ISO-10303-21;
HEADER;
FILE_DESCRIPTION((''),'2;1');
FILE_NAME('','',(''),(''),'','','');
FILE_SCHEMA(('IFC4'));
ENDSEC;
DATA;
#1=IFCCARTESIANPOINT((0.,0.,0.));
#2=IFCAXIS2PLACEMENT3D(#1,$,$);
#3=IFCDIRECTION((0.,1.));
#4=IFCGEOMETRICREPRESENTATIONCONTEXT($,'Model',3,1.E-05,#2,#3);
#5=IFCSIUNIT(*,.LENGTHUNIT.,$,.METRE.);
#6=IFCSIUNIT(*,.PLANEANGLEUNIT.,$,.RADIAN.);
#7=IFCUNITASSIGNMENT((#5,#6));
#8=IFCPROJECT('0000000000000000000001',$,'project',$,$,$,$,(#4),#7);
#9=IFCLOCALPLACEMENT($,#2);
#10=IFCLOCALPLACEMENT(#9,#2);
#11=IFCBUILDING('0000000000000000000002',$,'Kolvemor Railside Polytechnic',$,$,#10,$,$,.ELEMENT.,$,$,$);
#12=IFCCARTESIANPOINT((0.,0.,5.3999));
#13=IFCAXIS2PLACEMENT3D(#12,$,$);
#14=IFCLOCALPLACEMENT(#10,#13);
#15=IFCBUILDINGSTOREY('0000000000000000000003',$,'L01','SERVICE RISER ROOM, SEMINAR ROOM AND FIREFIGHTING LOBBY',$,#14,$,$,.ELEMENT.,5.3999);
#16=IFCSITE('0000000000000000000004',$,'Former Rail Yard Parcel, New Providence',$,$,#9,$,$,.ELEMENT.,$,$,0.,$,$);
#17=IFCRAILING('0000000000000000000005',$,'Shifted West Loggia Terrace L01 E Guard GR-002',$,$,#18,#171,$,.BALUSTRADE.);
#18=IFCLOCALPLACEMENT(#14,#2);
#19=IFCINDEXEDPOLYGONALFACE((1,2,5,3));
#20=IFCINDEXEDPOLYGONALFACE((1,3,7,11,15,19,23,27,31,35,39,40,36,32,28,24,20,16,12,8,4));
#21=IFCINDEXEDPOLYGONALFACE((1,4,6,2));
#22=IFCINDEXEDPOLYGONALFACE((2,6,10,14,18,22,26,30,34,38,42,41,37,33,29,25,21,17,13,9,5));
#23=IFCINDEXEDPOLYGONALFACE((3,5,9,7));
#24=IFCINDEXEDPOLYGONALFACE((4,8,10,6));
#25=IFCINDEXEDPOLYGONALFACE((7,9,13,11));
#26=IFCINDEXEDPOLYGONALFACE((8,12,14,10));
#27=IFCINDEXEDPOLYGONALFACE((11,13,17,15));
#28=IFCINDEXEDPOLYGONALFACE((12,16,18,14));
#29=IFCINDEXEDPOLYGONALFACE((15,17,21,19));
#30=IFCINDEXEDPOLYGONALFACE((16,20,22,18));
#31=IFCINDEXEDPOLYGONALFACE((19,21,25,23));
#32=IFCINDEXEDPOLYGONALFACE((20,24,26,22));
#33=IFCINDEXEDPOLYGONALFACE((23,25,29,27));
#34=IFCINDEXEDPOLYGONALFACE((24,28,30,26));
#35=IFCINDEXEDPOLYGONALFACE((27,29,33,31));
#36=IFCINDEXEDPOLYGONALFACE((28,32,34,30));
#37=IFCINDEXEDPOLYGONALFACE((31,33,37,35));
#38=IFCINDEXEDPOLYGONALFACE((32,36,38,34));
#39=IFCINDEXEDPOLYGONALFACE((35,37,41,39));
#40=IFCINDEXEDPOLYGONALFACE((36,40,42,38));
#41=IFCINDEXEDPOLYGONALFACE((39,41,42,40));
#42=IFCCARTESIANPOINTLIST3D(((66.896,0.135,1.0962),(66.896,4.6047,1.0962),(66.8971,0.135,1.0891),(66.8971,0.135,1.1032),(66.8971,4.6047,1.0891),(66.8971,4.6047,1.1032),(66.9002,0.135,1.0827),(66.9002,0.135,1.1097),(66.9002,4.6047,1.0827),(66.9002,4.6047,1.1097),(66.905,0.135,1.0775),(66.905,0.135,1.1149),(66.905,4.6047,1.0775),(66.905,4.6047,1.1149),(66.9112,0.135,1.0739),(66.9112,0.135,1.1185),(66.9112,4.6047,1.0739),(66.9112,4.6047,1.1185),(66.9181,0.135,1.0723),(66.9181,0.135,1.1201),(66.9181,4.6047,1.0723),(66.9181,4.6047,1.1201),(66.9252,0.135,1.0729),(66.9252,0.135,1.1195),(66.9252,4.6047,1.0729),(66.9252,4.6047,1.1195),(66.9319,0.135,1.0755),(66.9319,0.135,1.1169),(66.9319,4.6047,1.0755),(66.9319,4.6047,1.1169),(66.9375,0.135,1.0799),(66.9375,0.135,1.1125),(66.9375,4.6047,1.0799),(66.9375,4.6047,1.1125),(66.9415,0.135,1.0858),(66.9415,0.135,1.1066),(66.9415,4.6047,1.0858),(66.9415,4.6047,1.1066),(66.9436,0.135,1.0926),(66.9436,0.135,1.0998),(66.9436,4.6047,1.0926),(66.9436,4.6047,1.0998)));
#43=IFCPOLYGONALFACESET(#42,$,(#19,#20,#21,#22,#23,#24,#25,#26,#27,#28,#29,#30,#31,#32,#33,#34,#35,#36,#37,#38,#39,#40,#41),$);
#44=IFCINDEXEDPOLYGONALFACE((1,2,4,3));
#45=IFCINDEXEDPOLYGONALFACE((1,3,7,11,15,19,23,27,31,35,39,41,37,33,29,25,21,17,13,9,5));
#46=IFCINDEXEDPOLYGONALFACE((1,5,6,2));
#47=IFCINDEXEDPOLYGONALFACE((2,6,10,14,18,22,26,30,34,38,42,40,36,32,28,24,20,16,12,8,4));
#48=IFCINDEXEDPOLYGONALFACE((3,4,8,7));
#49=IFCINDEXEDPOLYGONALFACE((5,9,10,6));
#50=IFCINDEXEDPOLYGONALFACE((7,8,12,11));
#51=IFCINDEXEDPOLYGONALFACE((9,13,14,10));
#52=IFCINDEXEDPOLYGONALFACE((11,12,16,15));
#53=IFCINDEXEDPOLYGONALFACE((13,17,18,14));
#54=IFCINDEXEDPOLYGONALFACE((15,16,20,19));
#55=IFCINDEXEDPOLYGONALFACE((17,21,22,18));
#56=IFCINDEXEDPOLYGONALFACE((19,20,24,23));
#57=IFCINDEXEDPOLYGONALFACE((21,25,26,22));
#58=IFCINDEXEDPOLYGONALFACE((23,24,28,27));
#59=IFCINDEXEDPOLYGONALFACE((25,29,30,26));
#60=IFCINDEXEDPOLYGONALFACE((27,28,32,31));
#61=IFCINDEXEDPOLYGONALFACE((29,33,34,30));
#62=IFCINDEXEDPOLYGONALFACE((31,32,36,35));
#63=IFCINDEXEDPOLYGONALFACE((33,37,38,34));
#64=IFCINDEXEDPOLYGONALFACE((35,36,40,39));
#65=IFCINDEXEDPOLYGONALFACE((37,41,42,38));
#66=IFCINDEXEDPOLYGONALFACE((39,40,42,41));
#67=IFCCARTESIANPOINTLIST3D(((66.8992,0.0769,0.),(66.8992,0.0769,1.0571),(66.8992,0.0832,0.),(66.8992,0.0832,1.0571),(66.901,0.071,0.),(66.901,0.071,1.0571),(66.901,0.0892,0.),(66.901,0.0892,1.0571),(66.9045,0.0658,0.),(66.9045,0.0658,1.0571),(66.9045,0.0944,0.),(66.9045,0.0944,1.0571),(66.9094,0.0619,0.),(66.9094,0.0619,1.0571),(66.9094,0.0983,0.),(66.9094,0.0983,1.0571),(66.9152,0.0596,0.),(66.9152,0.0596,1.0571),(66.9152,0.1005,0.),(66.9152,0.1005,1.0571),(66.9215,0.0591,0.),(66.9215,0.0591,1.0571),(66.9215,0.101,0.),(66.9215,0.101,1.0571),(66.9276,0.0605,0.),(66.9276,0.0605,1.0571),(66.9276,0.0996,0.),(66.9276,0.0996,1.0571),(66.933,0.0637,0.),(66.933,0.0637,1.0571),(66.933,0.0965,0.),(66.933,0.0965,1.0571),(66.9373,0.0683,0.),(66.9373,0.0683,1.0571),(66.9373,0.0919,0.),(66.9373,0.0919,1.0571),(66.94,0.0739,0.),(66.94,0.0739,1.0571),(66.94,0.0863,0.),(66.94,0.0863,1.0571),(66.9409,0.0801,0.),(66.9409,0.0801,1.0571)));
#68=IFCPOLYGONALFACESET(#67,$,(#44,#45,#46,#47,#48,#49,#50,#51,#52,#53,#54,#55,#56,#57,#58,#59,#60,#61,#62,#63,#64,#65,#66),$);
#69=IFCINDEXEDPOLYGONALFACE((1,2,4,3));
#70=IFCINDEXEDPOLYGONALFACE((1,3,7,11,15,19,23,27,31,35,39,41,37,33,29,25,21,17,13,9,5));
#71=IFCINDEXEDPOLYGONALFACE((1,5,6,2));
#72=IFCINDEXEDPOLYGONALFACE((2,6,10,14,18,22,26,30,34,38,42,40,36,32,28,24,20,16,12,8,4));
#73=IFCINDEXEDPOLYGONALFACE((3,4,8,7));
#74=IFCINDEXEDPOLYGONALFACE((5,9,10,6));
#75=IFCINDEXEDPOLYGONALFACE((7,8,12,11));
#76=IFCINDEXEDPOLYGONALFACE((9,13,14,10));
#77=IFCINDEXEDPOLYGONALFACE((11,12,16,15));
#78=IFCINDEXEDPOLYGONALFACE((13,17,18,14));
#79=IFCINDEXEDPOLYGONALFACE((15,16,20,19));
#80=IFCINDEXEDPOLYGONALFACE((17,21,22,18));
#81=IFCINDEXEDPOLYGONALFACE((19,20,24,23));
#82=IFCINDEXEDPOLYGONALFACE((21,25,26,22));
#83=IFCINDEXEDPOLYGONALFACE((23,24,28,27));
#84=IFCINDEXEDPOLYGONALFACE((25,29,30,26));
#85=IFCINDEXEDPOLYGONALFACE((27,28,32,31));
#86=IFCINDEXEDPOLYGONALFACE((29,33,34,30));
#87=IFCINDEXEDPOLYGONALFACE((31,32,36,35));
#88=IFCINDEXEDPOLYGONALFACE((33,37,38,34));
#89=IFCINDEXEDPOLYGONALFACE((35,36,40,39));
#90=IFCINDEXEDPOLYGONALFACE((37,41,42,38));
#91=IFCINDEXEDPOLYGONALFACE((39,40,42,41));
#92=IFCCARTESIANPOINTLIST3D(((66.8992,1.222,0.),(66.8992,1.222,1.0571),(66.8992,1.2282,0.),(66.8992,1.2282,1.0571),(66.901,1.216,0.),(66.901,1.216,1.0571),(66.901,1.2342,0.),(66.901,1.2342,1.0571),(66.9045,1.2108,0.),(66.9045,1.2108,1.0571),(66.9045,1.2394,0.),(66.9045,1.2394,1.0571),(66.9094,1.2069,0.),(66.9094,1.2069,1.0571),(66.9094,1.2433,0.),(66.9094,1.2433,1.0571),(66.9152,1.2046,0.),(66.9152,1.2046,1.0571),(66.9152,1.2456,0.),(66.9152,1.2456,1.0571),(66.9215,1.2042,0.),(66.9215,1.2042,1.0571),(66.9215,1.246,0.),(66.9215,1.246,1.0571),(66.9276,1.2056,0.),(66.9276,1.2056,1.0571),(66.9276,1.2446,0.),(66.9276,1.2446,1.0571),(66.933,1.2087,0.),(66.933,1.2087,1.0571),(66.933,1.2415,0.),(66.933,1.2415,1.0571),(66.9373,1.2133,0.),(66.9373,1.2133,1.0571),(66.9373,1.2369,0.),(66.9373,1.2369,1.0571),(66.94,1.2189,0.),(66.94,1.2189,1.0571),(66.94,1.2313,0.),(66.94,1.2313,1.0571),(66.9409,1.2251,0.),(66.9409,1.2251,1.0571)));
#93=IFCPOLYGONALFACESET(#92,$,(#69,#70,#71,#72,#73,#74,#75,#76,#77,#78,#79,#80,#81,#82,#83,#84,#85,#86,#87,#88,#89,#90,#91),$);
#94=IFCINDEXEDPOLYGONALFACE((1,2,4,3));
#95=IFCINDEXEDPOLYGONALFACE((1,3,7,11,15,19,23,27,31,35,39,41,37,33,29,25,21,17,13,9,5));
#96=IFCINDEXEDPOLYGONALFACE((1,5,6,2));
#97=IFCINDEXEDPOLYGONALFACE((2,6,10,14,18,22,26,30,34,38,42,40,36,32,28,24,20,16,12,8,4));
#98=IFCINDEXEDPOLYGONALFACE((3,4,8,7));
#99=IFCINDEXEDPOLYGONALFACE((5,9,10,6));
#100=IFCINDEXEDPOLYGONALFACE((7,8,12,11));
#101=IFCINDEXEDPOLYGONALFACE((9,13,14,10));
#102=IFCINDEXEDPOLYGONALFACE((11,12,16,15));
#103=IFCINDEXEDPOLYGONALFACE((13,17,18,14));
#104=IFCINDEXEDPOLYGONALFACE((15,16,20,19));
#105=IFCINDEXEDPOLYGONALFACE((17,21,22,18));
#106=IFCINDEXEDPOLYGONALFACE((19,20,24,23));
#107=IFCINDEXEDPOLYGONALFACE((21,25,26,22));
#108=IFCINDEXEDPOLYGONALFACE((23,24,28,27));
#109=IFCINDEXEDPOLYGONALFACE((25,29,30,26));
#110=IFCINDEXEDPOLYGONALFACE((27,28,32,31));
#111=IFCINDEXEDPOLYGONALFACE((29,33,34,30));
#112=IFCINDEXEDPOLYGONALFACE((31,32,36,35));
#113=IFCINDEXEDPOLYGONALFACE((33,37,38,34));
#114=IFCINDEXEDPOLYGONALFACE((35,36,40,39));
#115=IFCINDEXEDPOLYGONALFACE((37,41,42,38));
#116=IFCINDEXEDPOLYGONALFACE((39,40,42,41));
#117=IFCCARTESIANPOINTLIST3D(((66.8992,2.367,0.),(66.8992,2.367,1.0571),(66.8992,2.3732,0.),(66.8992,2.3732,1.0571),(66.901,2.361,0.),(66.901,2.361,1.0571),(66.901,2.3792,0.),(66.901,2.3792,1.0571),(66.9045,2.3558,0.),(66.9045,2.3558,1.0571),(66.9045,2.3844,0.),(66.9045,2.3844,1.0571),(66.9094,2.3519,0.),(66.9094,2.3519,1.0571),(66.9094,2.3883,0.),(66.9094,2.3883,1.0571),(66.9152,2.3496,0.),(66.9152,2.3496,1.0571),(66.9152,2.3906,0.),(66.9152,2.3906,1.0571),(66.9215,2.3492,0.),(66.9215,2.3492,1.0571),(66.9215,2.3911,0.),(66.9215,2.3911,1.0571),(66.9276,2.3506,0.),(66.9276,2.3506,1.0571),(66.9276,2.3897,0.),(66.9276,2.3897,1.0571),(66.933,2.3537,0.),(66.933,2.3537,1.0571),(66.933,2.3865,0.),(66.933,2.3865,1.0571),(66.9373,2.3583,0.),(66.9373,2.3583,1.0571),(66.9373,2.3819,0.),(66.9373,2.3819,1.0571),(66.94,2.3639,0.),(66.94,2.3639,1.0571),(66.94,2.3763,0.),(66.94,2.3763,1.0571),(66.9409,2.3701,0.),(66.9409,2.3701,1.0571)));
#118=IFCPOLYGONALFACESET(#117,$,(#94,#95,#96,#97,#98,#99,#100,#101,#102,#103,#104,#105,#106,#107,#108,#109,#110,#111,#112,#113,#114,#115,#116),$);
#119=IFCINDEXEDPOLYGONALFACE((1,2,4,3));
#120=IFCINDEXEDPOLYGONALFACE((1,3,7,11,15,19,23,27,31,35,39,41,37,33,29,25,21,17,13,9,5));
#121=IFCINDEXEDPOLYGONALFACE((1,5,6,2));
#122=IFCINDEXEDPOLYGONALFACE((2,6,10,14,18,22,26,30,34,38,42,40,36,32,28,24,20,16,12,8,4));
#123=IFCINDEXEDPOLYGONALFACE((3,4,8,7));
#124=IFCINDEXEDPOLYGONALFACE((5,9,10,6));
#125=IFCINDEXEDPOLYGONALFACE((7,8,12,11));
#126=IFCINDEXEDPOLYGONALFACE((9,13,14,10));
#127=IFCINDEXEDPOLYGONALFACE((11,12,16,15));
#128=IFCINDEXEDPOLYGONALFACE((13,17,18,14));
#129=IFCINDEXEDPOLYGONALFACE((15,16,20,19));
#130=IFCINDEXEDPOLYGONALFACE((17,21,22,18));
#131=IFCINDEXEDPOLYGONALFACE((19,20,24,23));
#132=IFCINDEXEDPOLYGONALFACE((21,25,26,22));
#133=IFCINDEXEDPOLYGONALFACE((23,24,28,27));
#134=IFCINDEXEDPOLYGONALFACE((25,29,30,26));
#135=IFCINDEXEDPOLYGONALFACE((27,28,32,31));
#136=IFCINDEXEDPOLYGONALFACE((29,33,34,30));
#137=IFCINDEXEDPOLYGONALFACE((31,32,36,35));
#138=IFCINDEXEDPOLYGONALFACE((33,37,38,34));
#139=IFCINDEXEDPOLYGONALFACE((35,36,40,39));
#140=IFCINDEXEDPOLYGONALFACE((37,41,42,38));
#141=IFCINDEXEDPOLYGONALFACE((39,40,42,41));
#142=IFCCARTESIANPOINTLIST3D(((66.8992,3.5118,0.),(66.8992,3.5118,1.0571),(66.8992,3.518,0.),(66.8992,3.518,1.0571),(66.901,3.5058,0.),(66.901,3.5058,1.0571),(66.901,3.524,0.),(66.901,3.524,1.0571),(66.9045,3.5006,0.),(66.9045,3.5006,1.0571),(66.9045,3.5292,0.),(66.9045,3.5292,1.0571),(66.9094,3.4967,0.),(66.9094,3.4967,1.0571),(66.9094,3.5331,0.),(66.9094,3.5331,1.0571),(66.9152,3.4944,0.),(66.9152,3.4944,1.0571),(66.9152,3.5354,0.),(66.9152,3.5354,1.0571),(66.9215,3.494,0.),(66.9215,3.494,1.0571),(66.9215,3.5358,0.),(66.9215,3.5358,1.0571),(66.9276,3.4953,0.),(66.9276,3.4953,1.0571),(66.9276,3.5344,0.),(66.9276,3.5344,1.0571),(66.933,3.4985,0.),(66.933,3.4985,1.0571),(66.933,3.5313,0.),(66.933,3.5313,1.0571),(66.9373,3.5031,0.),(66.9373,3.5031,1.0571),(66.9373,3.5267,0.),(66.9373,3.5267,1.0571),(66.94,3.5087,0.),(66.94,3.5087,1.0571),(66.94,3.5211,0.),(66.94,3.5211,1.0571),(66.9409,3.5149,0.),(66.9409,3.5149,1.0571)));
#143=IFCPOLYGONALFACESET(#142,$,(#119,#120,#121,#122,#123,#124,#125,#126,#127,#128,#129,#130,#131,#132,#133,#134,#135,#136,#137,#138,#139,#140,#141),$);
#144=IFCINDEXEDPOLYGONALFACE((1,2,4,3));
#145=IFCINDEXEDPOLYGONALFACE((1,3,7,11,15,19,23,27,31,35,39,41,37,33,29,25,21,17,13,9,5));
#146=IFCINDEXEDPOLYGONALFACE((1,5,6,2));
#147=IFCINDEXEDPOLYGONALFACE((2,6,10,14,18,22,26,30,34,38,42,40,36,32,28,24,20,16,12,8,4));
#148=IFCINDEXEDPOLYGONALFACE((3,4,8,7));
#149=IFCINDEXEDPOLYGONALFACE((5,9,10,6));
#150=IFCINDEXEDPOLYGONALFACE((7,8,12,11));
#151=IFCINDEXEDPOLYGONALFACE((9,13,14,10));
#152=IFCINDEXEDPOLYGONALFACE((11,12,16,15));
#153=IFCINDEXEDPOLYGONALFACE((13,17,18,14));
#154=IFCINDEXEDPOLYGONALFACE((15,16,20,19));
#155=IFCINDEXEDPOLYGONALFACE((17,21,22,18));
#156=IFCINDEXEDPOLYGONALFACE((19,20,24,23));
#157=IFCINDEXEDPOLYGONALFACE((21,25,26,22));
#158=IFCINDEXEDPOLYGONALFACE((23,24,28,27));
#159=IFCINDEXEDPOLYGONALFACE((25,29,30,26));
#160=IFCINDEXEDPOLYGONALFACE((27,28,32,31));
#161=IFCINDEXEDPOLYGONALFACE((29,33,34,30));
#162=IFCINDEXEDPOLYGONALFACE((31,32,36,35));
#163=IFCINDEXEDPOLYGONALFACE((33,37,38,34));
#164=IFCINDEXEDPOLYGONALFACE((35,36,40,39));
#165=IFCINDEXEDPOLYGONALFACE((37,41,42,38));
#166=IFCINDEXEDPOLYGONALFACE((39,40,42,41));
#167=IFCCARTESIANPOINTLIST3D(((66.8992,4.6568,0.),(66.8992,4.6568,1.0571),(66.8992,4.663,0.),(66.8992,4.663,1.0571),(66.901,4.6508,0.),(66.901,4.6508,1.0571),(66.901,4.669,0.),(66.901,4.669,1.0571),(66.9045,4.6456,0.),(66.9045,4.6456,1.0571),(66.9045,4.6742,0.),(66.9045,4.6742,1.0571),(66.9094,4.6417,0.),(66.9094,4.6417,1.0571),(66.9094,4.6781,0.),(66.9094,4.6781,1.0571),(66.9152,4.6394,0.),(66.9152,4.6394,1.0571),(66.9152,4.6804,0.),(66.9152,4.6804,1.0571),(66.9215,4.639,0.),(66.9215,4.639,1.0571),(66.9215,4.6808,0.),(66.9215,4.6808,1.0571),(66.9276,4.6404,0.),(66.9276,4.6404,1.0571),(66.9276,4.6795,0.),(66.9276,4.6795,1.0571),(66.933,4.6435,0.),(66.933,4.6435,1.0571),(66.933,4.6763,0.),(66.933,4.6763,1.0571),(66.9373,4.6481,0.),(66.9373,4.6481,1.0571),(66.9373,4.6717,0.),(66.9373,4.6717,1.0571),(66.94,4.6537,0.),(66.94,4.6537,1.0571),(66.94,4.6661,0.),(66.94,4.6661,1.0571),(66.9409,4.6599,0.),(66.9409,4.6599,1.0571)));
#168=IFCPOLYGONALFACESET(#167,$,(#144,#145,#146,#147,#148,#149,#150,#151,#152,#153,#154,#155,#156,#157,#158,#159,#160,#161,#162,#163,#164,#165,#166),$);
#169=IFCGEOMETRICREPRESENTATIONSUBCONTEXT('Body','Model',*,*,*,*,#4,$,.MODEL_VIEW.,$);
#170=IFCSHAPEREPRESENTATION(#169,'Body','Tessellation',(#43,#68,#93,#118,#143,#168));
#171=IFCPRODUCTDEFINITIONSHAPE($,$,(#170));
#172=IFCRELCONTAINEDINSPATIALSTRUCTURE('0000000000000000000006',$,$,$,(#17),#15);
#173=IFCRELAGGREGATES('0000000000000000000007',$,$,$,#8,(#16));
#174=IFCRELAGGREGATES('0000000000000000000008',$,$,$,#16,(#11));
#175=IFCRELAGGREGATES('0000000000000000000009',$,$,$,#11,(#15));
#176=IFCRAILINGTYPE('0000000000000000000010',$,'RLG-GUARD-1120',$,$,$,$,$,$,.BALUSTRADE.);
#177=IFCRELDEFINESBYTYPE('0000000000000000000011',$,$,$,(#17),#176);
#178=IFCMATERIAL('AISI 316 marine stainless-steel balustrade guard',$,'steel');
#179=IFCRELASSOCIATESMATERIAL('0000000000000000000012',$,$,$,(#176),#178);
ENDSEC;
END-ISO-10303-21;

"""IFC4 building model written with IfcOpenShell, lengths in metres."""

from ifc_helpers import new_model, si_unit, direction, frame, origin, origin_2d, place, context, subcontext, project, spatial, circle, extrude, material, type_object, element, save


model = new_model("IFC4")

# Units and contexts
model_context = context("Model", 3, precision=1e-05, world=origin(), true_north=direction((0.0, 1.0)))
body_context = subcontext(model_context, "Body", "Model", "MODEL_VIEW")
ifc_project = project(units=[si_unit("LENGTHUNIT", "METRE"), si_unit("PLANEANGLEUNIT", "RADIAN")], contexts=[model_context])

# Site, building, storey
site_placement = place(None, origin())
site = spatial("IfcSite", under=ifc_project, at=site_placement, Name="Former Rail Yard Parcel, New Providence", CompositionType="ELEMENT", RefElevation=0.0)
building_placement = place(site_placement, origin())
building = spatial("IfcBuilding", under=site, at=building_placement, Name="Kolvemor Railside Polytechnic", CompositionType="ELEMENT")
storey_placement = place(building_placement, frame((0.0, 0.0, 5.3999)))
storey = spatial("IfcBuildingStorey", under=building, at=storey_placement, Name="L01", Description="SERVICE RISER ROOM, SEMINAR ROOM AND FIREFIGHTING LOBBY", CompositionType="ELEMENT", Elevation=5.3999)

# Railing
ifc_material_1 = material(Name="AISI 316 marine stainless-steel balustrade guard", Category="steel")
railing_type = type_object("IfcRailingType", Name="RLG-GUARD-1120", PredefinedType="BALUSTRADE", material=ifc_material_1)
railing_1_placement = place(storey_placement, frame((66.9199, 0.0801, 0.0)))
element("IfcRailing", 1, at=railing_1_placement, inside=storey, type_object=railing_type, Name="Shifted West Loggia Terrace L01 E Guard GR-002", PredefinedType="BALUSTRADE", context=body_context, shape_type="SweptSolid", body=[
    extrude(circle(Radius=0.0239, at=origin_2d()), frame((0.0, 0.0549, 1.0962), z_axis=(0.0, 1.0, 0.0), x_axis=(-1.0, 0.0, 0.0)), (0.0, 0.0, 1.0), 4.4697),
    extrude(circle(Radius=0.021, at=origin_2d()), origin(), (0.0, 0.0, 1.0), 1.0571),
    extrude(circle(Radius=0.021, at=origin_2d()), frame((0.0, 1.145, 0.0)), (0.0, 0.0, 1.0), 1.0571),
    extrude(circle(Radius=0.021, at=origin_2d()), frame((0.0, 2.29, 0.0)), (0.0, 0.0, 1.0), 1.0571),
    extrude(circle(Radius=0.021, at=origin_2d()), frame((0.0, 3.4348, 0.0)), (0.0, 0.0, 1.0), 1.0571),
    extrude(circle(Radius=0.021, at=origin_2d()), frame((0.0, 4.5798, 0.0)), (0.0, 0.0, 1.0), 1.0571),
])

save(model, "model.ifc")
